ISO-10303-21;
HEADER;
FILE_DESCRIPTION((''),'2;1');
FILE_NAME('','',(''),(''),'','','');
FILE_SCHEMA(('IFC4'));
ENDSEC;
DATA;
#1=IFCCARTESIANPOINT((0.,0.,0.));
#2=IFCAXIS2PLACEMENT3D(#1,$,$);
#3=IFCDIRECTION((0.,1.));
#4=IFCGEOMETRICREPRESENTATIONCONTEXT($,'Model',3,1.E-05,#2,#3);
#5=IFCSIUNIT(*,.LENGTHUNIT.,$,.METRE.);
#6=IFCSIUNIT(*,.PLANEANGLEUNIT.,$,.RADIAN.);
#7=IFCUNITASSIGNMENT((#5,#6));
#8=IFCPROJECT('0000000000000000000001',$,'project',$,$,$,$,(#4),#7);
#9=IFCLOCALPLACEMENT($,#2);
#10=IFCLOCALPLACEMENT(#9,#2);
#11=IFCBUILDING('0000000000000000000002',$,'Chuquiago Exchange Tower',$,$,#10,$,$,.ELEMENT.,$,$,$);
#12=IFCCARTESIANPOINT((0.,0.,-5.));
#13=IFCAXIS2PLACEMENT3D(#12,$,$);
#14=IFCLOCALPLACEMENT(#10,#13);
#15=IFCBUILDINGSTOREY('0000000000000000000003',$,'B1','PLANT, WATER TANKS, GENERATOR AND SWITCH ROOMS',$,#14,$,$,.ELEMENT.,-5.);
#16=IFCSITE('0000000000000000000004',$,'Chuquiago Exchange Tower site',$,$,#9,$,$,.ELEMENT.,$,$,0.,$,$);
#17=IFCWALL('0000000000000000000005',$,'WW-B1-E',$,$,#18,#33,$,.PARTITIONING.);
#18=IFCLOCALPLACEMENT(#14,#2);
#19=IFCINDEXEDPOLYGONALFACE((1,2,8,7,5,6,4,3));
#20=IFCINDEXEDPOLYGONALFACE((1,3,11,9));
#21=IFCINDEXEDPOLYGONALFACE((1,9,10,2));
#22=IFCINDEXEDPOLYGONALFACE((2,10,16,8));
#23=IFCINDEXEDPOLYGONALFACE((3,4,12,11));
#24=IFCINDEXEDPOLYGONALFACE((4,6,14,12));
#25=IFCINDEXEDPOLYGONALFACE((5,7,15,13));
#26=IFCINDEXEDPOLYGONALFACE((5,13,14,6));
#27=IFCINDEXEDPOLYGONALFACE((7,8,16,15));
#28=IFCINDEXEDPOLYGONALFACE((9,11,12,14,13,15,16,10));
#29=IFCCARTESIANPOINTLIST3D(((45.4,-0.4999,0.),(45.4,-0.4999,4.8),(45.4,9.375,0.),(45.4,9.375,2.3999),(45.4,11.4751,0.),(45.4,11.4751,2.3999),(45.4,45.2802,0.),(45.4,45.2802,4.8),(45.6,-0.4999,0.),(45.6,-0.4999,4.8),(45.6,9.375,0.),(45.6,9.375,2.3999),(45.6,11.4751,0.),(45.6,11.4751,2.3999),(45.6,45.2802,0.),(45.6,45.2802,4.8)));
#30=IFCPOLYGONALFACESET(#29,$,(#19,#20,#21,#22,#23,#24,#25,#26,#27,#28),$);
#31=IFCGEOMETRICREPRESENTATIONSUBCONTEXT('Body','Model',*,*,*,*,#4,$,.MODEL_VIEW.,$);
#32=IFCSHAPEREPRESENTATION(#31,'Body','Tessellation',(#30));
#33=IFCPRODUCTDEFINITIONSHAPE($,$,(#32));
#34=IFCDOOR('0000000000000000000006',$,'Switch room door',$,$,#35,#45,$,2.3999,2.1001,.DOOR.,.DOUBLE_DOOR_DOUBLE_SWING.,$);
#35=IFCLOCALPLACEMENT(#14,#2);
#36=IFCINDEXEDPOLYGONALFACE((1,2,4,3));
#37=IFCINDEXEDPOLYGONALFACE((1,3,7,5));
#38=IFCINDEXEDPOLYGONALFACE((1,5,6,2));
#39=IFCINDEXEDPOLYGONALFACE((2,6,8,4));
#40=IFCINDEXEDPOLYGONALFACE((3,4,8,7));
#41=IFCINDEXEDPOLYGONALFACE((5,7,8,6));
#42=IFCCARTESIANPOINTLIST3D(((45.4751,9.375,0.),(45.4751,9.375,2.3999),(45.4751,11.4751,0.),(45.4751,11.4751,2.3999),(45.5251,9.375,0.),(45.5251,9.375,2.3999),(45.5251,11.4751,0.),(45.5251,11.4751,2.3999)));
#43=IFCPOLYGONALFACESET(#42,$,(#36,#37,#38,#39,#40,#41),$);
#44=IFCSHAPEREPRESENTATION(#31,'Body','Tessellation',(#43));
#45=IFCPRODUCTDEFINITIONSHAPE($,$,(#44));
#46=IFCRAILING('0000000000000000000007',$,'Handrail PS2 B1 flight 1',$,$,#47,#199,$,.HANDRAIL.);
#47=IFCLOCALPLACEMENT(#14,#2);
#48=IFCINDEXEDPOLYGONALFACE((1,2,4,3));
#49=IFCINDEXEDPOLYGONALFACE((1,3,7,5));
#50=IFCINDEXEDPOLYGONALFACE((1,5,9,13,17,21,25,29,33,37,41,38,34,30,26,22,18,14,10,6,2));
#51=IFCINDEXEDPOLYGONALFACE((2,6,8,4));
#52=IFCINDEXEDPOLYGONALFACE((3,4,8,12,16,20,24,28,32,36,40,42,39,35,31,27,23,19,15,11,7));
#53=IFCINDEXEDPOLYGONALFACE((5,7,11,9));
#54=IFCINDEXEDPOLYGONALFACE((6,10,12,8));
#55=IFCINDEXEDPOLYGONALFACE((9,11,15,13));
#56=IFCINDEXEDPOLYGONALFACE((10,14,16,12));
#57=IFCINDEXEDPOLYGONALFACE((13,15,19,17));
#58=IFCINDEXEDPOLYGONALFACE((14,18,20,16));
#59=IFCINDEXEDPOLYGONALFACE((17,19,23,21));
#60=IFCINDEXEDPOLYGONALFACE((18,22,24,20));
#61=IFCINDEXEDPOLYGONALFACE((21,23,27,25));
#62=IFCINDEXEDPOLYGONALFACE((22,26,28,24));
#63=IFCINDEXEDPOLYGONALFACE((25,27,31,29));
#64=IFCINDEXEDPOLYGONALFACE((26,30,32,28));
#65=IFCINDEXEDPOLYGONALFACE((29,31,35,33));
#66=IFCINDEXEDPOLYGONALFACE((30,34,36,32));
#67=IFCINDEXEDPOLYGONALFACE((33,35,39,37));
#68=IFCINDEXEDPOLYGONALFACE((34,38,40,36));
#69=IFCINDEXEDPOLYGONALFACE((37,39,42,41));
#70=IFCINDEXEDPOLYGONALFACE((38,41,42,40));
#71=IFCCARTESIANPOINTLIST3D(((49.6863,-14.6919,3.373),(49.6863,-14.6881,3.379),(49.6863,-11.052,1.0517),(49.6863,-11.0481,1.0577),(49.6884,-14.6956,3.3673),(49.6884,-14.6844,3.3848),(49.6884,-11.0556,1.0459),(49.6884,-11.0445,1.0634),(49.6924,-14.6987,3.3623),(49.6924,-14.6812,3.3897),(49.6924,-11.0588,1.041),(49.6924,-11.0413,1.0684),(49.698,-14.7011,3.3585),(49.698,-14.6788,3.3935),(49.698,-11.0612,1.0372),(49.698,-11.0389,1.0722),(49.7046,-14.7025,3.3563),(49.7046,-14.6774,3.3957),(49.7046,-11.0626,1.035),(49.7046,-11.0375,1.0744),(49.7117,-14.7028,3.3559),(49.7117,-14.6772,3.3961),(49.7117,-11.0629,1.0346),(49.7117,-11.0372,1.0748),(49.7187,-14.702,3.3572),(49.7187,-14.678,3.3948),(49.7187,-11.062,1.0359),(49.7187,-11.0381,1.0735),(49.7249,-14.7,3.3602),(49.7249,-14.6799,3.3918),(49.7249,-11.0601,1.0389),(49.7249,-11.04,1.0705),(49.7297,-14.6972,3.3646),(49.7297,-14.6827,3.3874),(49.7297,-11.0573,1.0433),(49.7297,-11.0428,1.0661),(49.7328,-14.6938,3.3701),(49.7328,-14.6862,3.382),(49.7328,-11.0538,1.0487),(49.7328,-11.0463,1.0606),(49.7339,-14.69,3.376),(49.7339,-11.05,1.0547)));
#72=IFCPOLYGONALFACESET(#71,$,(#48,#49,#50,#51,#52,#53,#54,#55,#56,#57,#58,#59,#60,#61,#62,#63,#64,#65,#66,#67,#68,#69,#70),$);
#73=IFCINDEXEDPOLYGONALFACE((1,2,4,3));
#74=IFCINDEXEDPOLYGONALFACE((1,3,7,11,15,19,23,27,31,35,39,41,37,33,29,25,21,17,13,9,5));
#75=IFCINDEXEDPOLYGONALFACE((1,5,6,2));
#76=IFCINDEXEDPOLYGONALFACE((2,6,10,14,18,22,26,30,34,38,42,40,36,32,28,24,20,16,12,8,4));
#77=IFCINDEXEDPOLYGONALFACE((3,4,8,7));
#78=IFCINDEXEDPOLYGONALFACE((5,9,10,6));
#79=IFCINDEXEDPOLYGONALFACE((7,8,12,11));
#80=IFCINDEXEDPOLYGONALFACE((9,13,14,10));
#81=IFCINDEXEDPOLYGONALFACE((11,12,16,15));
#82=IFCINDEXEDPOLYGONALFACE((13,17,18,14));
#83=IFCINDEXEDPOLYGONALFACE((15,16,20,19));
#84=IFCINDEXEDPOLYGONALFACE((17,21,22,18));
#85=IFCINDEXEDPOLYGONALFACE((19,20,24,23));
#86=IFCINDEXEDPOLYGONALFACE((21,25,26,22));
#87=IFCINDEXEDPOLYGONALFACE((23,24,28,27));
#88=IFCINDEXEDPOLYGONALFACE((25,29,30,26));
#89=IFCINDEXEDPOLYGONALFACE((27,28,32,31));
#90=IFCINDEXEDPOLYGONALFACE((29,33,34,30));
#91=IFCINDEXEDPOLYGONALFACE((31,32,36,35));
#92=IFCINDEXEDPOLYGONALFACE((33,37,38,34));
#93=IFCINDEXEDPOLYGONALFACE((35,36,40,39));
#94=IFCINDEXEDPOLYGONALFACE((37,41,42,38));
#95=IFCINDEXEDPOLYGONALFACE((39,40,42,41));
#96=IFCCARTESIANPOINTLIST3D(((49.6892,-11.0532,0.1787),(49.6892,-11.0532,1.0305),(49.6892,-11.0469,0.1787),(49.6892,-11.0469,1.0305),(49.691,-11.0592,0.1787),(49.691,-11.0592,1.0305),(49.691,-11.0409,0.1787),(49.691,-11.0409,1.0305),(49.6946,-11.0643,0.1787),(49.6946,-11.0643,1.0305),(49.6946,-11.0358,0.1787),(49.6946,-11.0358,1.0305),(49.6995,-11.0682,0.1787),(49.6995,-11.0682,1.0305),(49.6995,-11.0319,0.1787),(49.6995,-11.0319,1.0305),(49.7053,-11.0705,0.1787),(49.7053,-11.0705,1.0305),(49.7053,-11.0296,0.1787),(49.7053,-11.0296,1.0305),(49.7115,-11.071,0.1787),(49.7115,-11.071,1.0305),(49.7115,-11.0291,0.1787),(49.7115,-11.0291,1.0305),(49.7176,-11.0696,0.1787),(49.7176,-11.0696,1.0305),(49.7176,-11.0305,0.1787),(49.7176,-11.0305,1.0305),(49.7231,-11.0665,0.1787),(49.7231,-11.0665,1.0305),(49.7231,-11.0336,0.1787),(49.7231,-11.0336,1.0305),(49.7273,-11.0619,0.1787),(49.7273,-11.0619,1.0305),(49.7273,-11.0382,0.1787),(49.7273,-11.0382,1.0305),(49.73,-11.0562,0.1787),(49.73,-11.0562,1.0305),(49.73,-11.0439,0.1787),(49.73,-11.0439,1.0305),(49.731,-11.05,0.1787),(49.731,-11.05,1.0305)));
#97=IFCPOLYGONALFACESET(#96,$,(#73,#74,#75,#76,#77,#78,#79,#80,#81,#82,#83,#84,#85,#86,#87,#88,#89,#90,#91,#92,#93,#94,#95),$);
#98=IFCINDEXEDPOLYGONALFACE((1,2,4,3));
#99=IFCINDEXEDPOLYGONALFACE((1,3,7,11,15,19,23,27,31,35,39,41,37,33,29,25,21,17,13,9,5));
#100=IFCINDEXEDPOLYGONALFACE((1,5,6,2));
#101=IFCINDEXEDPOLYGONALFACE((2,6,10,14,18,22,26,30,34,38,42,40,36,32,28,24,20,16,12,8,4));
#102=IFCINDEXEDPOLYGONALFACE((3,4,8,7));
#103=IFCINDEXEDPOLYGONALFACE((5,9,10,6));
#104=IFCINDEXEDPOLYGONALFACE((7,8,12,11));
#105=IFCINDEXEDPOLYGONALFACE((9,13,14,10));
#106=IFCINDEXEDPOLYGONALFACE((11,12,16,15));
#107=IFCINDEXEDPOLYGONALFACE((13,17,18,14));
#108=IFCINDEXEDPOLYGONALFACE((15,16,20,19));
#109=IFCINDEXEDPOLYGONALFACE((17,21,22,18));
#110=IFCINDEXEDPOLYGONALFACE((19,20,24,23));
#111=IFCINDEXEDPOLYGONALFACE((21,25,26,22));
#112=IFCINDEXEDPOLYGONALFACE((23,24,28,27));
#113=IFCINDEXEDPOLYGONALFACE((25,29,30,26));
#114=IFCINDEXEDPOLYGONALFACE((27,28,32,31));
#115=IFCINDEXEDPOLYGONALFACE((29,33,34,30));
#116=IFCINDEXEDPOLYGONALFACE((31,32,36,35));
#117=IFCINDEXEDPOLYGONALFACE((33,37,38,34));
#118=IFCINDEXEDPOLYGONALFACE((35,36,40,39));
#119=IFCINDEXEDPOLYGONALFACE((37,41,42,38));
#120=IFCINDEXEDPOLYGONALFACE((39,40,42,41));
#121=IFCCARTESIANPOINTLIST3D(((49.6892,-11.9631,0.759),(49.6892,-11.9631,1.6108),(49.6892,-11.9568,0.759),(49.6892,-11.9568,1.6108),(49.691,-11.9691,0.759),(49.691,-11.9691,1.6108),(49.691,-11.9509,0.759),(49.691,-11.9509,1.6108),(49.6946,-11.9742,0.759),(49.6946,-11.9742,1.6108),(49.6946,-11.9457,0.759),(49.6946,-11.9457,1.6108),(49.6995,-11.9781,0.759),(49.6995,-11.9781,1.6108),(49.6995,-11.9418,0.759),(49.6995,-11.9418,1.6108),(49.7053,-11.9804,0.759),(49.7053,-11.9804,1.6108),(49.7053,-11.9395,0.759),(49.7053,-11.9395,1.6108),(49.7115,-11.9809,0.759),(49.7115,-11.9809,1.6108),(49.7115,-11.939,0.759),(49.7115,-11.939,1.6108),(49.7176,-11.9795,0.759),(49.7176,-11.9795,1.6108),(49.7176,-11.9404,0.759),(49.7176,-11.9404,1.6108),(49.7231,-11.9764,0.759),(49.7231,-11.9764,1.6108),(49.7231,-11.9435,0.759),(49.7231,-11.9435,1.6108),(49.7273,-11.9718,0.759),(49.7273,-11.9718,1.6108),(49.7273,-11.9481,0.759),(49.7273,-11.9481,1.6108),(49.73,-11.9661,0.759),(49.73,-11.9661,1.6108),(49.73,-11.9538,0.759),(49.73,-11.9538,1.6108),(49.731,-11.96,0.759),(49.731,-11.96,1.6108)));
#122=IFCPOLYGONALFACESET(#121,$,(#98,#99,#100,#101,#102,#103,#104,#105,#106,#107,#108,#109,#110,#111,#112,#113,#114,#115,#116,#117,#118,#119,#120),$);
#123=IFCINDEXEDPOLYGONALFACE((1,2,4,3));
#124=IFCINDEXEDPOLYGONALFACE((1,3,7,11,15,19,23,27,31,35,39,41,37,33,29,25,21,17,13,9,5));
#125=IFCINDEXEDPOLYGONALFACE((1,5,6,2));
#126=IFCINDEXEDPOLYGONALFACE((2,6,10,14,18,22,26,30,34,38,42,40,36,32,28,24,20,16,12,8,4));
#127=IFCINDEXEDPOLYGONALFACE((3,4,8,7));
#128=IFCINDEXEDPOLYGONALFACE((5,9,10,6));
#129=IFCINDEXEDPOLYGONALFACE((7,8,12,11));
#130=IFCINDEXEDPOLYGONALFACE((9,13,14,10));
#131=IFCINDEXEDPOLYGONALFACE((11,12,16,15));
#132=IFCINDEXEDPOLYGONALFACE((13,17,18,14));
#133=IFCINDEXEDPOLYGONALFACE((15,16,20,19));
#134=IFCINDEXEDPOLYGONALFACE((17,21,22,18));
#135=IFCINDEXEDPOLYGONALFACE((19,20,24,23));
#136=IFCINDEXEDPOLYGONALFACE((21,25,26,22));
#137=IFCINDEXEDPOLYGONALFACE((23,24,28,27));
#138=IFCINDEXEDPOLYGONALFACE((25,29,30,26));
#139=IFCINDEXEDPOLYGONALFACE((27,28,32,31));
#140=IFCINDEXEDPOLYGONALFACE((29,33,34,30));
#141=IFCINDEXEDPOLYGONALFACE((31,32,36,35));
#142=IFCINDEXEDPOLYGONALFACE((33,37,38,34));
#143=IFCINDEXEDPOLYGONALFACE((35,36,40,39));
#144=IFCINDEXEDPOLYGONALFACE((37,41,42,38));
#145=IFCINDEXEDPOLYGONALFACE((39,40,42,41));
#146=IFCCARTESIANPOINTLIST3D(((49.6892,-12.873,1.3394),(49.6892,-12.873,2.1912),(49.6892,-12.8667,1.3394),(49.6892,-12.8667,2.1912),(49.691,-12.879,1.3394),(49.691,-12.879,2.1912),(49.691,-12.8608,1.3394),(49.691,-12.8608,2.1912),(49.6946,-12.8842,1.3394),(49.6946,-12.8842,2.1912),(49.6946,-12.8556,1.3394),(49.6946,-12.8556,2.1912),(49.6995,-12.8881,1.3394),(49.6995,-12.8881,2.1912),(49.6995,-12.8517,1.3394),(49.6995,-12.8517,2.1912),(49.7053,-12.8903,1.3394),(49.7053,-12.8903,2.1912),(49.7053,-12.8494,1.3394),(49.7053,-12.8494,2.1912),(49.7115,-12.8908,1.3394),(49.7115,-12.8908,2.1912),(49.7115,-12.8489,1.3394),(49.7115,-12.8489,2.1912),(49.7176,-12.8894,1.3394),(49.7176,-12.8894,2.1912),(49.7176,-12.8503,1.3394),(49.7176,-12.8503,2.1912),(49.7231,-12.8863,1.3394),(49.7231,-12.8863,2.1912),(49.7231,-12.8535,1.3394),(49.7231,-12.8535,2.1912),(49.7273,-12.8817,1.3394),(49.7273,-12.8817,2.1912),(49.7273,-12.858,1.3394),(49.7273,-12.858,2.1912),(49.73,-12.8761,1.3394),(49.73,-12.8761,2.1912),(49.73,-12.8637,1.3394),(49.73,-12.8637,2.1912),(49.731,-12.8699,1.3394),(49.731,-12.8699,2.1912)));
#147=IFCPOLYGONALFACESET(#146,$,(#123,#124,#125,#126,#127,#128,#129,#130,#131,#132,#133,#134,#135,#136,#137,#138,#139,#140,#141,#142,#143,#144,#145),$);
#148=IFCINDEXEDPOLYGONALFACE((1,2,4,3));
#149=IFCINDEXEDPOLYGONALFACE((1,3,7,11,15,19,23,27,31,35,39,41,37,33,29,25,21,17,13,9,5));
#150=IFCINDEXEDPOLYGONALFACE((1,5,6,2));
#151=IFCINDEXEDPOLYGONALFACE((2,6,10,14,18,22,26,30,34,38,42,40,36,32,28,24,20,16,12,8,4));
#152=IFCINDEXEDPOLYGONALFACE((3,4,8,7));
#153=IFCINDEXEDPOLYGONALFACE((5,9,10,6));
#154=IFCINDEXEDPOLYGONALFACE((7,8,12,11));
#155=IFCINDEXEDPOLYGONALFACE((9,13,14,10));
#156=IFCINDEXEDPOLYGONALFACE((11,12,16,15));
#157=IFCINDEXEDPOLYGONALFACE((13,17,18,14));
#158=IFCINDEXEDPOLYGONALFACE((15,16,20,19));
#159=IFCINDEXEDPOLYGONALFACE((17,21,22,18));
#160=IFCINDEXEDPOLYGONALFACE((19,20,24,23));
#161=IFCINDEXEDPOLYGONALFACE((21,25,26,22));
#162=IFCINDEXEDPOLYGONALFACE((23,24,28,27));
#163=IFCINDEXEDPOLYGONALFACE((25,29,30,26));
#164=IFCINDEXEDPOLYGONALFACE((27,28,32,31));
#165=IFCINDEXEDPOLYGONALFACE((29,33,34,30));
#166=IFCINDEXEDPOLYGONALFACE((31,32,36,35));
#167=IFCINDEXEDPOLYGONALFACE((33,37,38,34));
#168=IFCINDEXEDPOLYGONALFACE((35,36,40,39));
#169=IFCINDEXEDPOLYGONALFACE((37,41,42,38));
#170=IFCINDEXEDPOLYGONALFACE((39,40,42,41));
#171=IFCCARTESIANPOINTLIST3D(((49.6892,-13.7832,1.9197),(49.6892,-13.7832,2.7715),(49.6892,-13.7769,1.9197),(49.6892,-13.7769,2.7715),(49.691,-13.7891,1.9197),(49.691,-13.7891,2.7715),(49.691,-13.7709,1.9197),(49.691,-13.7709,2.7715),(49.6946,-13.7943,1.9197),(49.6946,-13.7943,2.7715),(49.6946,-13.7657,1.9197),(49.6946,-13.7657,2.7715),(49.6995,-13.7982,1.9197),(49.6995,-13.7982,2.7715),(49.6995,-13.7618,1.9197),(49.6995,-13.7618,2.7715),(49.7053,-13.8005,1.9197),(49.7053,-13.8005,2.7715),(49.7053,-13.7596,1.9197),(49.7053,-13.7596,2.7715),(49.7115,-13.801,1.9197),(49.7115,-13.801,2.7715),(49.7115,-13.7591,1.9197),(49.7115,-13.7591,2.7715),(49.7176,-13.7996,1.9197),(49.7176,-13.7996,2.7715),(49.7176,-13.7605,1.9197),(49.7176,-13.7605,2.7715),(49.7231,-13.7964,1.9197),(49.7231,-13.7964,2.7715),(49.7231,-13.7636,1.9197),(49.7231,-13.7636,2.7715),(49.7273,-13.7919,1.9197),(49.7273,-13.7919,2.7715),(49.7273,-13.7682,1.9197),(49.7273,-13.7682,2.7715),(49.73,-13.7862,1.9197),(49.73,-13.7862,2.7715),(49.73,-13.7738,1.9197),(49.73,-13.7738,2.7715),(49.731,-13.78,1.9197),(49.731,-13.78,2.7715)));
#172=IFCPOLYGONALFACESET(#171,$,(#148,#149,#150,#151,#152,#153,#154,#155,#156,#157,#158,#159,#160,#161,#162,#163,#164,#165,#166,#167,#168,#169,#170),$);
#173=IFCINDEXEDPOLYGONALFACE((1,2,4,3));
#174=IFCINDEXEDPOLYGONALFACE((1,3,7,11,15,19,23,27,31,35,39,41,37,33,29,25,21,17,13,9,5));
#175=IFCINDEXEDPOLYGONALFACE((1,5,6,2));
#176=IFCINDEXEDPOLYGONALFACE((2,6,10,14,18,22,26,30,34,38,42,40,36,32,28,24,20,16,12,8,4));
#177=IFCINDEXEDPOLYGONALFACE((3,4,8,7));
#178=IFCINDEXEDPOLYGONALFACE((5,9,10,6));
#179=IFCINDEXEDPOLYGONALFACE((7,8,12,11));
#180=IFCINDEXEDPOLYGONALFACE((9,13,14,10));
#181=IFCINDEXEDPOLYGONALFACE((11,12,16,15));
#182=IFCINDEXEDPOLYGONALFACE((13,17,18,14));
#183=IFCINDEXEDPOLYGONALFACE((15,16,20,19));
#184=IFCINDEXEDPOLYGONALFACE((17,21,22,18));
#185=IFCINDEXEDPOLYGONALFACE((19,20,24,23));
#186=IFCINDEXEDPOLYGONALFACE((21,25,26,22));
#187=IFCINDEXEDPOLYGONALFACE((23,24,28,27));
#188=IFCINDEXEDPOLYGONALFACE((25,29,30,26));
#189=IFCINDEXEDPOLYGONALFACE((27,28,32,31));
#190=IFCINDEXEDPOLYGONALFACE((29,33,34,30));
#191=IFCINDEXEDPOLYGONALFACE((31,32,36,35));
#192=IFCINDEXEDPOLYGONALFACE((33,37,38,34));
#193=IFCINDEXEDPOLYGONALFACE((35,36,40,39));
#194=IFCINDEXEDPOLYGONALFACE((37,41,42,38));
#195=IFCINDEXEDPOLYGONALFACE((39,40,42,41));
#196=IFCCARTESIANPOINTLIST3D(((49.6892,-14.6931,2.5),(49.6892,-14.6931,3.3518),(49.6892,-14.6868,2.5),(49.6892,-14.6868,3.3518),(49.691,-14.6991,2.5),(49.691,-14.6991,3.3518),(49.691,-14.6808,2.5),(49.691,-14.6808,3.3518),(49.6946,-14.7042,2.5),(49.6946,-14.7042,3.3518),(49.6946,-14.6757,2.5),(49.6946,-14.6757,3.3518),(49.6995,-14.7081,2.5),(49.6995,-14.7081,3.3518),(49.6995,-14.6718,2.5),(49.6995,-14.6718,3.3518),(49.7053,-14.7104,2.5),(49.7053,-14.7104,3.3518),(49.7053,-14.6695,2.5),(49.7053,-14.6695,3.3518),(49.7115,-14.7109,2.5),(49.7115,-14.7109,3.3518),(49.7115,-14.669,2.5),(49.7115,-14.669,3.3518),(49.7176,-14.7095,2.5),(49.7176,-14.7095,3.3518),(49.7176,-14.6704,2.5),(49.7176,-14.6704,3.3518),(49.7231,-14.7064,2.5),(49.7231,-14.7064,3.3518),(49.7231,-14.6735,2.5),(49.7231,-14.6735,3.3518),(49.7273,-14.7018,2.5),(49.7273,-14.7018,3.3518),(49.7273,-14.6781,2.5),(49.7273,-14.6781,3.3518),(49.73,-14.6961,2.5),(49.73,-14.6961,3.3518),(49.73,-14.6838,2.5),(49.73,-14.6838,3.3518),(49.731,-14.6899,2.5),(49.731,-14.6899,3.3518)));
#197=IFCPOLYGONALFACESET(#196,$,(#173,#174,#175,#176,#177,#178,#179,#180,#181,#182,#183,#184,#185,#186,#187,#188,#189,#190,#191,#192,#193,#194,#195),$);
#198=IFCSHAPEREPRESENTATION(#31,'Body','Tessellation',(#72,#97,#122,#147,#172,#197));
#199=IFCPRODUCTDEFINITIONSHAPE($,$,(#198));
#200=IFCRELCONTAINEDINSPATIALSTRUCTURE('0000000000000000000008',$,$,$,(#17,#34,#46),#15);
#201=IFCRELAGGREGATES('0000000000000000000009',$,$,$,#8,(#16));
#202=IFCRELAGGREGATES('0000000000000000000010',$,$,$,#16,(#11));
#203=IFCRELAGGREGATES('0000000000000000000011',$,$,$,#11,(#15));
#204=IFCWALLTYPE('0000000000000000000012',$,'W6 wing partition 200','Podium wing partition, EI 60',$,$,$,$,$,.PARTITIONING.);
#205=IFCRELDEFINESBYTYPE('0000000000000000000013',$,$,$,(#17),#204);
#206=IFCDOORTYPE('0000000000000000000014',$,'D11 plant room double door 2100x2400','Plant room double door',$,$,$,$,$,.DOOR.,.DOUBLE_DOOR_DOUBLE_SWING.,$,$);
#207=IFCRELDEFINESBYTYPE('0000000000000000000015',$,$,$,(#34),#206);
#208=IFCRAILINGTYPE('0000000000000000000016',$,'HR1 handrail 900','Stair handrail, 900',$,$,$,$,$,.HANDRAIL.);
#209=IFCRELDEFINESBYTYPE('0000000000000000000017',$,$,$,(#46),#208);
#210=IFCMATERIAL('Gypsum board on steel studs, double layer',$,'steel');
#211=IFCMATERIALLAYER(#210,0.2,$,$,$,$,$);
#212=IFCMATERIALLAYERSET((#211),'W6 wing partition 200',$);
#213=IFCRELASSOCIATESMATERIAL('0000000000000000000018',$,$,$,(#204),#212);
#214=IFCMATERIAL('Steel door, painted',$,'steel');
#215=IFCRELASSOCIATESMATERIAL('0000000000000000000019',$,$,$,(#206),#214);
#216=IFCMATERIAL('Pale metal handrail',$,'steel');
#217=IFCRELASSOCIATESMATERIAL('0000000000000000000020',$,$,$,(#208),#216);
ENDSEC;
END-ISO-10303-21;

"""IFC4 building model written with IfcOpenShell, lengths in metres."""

from ifc_helpers import new_model, si_unit, direction, frame, frame_2d, origin, origin_2d, place, context, subcontext, project, spatial, rectangle, circle, extrude, material, layer, layer_set, type_object, element, fill, save


model = new_model("IFC4")

# Units and contexts
model_context = context("Model", 3, precision=1e-05, world=origin(), true_north=direction((0.0, 1.0)))
body_context = subcontext(model_context, "Body", "Model", "MODEL_VIEW")
ifc_project = project(units=[si_unit("LENGTHUNIT", "METRE"), si_unit("PLANEANGLEUNIT", "RADIAN")], contexts=[model_context])

# Site, building, storey
site_placement = place(None, origin())
site = spatial("IfcSite", under=ifc_project, at=site_placement, Name="Chuquiago Exchange Tower site", CompositionType="ELEMENT", RefElevation=0.0)
building_placement = place(site_placement, origin())
building = spatial("IfcBuilding", under=site, at=building_placement, Name="Chuquiago Exchange Tower", CompositionType="ELEMENT")
storey_placement = place(building_placement, frame((0.0, 0.0, -5.0)))
storey = spatial("IfcBuildingStorey", under=building, at=storey_placement, Name="B1", Description="PLANT, WATER TANKS, GENERATOR AND SWITCH ROOMS", CompositionType="ELEMENT", Elevation=-5.0)

# Wall, opening, door
ifc_material_1 = material(Name="Gypsum board on steel studs, double layer", Category="steel")
ifc_layer_1 = layer(ifc_material_1, 0.2)
ifc_layer_set_1 = layer_set([ifc_layer_1], Name="W6 wing partition 200")
wall_type_1 = type_object("IfcWallType", Name="W6 wing partition 200", Description="Podium wing partition, EI 60", PredefinedType="PARTITIONING", material=ifc_layer_set_1)
wall_1_placement = place(storey_placement, frame((45.5, -0.5, 0.0), z_axis=(0.0, 0.0, 1.0), x_axis=(0.0, 1.0, 0.0)))
wall_1 = element("IfcWall", 1, at=wall_1_placement, inside=storey, type_object=wall_type_1, Name="WW-B1-E", PredefinedType="PARTITIONING", context=body_context, shape_type="SweptSolid", body=[
    extrude(rectangle(XDim=45.78, YDim=0.2, at=frame_2d((22.8901, 0.0))), origin(), (0.0, 0.0, 1.0), 4.8),
])
opening_1_placement = place(wall_1_placement, frame((9.875, 0.0, 0.0)))
opening_1 = element("IfcOpeningElement", 2, at=opening_1_placement, cuts=wall_1, PredefinedType="OPENING", context=body_context, shape_type="SweptSolid", body=[
    extrude(rectangle(XDim=2.1001, YDim=2.3999, at=frame_2d((1.05, 1.2))), frame((0.0, 0.1099, 0.0), z_axis=(0.0, -1.0, 0.0), x_axis=(1.0, 0.0, 0.0)), (0.0, 0.0, 1.0), 0.22),
])
ifc_material_2 = material(Name="Steel door, painted", Category="steel")
door_type_1 = type_object("IfcDoorType", Name="D11 plant room double door 2100x2400", Description="Plant room double door", OperationType="DOUBLE_DOOR_DOUBLE_SWING", PredefinedType="DOOR", material=ifc_material_2)
door_1_placement = place(opening_1_placement, origin())
door_1 = element("IfcDoor", 3, at=door_1_placement, inside=storey, type_object=door_type_1, Name="Switch room door", OperationType="DOUBLE_DOOR_DOUBLE_SWING", OverallHeight=2.3999, OverallWidth=2.1001, PredefinedType="DOOR", context=body_context, shape_type="SweptSolid", body=[
    extrude(rectangle(XDim=2.1001, YDim=2.3999, at=frame_2d((1.05, 1.2))), frame((0.0, 0.0249, 0.0), z_axis=(0.0, -1.0, 0.0), x_axis=(1.0, 0.0, 0.0)), (0.0, 0.0, 1.0), 0.05),
])
fill(opening_1, door_1)

# Railing
ifc_material_3 = material(Name="Pale metal handrail", Category="steel")
railing_type = type_object("IfcRailingType", Name="HR1 handrail 900", Description="Stair handrail, 900", PredefinedType="HANDRAIL", material=ifc_material_3)
for number, where, name in (
    (4, (49.71, -11.05, 0.1787), "Handrail PS2 B1 flight 1"),
):
    element("IfcRailing", number, at=place(storey_placement, frame(where)), inside=storey, type_object=railing_type, Name=name, PredefinedType="HANDRAIL", context=body_context, shape_type="SweptSolid", body=[
        extrude(circle(Radius=0.0239, at=origin_2d()), frame((0.0, 0.0, 0.876), z_axis=(0.0, -0.843137, 0.537699), x_axis=(1.0, 0.0, 0.0)), (0.0, 0.0, 1.0), 4.3171),
        extrude(circle(Radius=0.021, at=origin_2d()), origin(), (0.0, 0.0, 1.0), 0.8518),
        extrude(circle(Radius=0.021, at=origin_2d()), frame((0.0, -0.9099, 0.5803)), (0.0, 0.0, 1.0), 0.8518),
        extrude(circle(Radius=0.021, at=origin_2d()), frame((0.0, -1.8198, 1.1606)), (0.0, 0.0, 1.0), 0.8518),
        extrude(circle(Radius=0.021, at=origin_2d()), frame((0.0, -2.73, 1.741)), (0.0, 0.0, 1.0), 0.8518),
        extrude(circle(Radius=0.021, at=origin_2d()), frame((0.0, -3.6399, 2.3213)), (0.0, 0.0, 1.0), 0.8518),
    ])

save(model, "model.ifc")
